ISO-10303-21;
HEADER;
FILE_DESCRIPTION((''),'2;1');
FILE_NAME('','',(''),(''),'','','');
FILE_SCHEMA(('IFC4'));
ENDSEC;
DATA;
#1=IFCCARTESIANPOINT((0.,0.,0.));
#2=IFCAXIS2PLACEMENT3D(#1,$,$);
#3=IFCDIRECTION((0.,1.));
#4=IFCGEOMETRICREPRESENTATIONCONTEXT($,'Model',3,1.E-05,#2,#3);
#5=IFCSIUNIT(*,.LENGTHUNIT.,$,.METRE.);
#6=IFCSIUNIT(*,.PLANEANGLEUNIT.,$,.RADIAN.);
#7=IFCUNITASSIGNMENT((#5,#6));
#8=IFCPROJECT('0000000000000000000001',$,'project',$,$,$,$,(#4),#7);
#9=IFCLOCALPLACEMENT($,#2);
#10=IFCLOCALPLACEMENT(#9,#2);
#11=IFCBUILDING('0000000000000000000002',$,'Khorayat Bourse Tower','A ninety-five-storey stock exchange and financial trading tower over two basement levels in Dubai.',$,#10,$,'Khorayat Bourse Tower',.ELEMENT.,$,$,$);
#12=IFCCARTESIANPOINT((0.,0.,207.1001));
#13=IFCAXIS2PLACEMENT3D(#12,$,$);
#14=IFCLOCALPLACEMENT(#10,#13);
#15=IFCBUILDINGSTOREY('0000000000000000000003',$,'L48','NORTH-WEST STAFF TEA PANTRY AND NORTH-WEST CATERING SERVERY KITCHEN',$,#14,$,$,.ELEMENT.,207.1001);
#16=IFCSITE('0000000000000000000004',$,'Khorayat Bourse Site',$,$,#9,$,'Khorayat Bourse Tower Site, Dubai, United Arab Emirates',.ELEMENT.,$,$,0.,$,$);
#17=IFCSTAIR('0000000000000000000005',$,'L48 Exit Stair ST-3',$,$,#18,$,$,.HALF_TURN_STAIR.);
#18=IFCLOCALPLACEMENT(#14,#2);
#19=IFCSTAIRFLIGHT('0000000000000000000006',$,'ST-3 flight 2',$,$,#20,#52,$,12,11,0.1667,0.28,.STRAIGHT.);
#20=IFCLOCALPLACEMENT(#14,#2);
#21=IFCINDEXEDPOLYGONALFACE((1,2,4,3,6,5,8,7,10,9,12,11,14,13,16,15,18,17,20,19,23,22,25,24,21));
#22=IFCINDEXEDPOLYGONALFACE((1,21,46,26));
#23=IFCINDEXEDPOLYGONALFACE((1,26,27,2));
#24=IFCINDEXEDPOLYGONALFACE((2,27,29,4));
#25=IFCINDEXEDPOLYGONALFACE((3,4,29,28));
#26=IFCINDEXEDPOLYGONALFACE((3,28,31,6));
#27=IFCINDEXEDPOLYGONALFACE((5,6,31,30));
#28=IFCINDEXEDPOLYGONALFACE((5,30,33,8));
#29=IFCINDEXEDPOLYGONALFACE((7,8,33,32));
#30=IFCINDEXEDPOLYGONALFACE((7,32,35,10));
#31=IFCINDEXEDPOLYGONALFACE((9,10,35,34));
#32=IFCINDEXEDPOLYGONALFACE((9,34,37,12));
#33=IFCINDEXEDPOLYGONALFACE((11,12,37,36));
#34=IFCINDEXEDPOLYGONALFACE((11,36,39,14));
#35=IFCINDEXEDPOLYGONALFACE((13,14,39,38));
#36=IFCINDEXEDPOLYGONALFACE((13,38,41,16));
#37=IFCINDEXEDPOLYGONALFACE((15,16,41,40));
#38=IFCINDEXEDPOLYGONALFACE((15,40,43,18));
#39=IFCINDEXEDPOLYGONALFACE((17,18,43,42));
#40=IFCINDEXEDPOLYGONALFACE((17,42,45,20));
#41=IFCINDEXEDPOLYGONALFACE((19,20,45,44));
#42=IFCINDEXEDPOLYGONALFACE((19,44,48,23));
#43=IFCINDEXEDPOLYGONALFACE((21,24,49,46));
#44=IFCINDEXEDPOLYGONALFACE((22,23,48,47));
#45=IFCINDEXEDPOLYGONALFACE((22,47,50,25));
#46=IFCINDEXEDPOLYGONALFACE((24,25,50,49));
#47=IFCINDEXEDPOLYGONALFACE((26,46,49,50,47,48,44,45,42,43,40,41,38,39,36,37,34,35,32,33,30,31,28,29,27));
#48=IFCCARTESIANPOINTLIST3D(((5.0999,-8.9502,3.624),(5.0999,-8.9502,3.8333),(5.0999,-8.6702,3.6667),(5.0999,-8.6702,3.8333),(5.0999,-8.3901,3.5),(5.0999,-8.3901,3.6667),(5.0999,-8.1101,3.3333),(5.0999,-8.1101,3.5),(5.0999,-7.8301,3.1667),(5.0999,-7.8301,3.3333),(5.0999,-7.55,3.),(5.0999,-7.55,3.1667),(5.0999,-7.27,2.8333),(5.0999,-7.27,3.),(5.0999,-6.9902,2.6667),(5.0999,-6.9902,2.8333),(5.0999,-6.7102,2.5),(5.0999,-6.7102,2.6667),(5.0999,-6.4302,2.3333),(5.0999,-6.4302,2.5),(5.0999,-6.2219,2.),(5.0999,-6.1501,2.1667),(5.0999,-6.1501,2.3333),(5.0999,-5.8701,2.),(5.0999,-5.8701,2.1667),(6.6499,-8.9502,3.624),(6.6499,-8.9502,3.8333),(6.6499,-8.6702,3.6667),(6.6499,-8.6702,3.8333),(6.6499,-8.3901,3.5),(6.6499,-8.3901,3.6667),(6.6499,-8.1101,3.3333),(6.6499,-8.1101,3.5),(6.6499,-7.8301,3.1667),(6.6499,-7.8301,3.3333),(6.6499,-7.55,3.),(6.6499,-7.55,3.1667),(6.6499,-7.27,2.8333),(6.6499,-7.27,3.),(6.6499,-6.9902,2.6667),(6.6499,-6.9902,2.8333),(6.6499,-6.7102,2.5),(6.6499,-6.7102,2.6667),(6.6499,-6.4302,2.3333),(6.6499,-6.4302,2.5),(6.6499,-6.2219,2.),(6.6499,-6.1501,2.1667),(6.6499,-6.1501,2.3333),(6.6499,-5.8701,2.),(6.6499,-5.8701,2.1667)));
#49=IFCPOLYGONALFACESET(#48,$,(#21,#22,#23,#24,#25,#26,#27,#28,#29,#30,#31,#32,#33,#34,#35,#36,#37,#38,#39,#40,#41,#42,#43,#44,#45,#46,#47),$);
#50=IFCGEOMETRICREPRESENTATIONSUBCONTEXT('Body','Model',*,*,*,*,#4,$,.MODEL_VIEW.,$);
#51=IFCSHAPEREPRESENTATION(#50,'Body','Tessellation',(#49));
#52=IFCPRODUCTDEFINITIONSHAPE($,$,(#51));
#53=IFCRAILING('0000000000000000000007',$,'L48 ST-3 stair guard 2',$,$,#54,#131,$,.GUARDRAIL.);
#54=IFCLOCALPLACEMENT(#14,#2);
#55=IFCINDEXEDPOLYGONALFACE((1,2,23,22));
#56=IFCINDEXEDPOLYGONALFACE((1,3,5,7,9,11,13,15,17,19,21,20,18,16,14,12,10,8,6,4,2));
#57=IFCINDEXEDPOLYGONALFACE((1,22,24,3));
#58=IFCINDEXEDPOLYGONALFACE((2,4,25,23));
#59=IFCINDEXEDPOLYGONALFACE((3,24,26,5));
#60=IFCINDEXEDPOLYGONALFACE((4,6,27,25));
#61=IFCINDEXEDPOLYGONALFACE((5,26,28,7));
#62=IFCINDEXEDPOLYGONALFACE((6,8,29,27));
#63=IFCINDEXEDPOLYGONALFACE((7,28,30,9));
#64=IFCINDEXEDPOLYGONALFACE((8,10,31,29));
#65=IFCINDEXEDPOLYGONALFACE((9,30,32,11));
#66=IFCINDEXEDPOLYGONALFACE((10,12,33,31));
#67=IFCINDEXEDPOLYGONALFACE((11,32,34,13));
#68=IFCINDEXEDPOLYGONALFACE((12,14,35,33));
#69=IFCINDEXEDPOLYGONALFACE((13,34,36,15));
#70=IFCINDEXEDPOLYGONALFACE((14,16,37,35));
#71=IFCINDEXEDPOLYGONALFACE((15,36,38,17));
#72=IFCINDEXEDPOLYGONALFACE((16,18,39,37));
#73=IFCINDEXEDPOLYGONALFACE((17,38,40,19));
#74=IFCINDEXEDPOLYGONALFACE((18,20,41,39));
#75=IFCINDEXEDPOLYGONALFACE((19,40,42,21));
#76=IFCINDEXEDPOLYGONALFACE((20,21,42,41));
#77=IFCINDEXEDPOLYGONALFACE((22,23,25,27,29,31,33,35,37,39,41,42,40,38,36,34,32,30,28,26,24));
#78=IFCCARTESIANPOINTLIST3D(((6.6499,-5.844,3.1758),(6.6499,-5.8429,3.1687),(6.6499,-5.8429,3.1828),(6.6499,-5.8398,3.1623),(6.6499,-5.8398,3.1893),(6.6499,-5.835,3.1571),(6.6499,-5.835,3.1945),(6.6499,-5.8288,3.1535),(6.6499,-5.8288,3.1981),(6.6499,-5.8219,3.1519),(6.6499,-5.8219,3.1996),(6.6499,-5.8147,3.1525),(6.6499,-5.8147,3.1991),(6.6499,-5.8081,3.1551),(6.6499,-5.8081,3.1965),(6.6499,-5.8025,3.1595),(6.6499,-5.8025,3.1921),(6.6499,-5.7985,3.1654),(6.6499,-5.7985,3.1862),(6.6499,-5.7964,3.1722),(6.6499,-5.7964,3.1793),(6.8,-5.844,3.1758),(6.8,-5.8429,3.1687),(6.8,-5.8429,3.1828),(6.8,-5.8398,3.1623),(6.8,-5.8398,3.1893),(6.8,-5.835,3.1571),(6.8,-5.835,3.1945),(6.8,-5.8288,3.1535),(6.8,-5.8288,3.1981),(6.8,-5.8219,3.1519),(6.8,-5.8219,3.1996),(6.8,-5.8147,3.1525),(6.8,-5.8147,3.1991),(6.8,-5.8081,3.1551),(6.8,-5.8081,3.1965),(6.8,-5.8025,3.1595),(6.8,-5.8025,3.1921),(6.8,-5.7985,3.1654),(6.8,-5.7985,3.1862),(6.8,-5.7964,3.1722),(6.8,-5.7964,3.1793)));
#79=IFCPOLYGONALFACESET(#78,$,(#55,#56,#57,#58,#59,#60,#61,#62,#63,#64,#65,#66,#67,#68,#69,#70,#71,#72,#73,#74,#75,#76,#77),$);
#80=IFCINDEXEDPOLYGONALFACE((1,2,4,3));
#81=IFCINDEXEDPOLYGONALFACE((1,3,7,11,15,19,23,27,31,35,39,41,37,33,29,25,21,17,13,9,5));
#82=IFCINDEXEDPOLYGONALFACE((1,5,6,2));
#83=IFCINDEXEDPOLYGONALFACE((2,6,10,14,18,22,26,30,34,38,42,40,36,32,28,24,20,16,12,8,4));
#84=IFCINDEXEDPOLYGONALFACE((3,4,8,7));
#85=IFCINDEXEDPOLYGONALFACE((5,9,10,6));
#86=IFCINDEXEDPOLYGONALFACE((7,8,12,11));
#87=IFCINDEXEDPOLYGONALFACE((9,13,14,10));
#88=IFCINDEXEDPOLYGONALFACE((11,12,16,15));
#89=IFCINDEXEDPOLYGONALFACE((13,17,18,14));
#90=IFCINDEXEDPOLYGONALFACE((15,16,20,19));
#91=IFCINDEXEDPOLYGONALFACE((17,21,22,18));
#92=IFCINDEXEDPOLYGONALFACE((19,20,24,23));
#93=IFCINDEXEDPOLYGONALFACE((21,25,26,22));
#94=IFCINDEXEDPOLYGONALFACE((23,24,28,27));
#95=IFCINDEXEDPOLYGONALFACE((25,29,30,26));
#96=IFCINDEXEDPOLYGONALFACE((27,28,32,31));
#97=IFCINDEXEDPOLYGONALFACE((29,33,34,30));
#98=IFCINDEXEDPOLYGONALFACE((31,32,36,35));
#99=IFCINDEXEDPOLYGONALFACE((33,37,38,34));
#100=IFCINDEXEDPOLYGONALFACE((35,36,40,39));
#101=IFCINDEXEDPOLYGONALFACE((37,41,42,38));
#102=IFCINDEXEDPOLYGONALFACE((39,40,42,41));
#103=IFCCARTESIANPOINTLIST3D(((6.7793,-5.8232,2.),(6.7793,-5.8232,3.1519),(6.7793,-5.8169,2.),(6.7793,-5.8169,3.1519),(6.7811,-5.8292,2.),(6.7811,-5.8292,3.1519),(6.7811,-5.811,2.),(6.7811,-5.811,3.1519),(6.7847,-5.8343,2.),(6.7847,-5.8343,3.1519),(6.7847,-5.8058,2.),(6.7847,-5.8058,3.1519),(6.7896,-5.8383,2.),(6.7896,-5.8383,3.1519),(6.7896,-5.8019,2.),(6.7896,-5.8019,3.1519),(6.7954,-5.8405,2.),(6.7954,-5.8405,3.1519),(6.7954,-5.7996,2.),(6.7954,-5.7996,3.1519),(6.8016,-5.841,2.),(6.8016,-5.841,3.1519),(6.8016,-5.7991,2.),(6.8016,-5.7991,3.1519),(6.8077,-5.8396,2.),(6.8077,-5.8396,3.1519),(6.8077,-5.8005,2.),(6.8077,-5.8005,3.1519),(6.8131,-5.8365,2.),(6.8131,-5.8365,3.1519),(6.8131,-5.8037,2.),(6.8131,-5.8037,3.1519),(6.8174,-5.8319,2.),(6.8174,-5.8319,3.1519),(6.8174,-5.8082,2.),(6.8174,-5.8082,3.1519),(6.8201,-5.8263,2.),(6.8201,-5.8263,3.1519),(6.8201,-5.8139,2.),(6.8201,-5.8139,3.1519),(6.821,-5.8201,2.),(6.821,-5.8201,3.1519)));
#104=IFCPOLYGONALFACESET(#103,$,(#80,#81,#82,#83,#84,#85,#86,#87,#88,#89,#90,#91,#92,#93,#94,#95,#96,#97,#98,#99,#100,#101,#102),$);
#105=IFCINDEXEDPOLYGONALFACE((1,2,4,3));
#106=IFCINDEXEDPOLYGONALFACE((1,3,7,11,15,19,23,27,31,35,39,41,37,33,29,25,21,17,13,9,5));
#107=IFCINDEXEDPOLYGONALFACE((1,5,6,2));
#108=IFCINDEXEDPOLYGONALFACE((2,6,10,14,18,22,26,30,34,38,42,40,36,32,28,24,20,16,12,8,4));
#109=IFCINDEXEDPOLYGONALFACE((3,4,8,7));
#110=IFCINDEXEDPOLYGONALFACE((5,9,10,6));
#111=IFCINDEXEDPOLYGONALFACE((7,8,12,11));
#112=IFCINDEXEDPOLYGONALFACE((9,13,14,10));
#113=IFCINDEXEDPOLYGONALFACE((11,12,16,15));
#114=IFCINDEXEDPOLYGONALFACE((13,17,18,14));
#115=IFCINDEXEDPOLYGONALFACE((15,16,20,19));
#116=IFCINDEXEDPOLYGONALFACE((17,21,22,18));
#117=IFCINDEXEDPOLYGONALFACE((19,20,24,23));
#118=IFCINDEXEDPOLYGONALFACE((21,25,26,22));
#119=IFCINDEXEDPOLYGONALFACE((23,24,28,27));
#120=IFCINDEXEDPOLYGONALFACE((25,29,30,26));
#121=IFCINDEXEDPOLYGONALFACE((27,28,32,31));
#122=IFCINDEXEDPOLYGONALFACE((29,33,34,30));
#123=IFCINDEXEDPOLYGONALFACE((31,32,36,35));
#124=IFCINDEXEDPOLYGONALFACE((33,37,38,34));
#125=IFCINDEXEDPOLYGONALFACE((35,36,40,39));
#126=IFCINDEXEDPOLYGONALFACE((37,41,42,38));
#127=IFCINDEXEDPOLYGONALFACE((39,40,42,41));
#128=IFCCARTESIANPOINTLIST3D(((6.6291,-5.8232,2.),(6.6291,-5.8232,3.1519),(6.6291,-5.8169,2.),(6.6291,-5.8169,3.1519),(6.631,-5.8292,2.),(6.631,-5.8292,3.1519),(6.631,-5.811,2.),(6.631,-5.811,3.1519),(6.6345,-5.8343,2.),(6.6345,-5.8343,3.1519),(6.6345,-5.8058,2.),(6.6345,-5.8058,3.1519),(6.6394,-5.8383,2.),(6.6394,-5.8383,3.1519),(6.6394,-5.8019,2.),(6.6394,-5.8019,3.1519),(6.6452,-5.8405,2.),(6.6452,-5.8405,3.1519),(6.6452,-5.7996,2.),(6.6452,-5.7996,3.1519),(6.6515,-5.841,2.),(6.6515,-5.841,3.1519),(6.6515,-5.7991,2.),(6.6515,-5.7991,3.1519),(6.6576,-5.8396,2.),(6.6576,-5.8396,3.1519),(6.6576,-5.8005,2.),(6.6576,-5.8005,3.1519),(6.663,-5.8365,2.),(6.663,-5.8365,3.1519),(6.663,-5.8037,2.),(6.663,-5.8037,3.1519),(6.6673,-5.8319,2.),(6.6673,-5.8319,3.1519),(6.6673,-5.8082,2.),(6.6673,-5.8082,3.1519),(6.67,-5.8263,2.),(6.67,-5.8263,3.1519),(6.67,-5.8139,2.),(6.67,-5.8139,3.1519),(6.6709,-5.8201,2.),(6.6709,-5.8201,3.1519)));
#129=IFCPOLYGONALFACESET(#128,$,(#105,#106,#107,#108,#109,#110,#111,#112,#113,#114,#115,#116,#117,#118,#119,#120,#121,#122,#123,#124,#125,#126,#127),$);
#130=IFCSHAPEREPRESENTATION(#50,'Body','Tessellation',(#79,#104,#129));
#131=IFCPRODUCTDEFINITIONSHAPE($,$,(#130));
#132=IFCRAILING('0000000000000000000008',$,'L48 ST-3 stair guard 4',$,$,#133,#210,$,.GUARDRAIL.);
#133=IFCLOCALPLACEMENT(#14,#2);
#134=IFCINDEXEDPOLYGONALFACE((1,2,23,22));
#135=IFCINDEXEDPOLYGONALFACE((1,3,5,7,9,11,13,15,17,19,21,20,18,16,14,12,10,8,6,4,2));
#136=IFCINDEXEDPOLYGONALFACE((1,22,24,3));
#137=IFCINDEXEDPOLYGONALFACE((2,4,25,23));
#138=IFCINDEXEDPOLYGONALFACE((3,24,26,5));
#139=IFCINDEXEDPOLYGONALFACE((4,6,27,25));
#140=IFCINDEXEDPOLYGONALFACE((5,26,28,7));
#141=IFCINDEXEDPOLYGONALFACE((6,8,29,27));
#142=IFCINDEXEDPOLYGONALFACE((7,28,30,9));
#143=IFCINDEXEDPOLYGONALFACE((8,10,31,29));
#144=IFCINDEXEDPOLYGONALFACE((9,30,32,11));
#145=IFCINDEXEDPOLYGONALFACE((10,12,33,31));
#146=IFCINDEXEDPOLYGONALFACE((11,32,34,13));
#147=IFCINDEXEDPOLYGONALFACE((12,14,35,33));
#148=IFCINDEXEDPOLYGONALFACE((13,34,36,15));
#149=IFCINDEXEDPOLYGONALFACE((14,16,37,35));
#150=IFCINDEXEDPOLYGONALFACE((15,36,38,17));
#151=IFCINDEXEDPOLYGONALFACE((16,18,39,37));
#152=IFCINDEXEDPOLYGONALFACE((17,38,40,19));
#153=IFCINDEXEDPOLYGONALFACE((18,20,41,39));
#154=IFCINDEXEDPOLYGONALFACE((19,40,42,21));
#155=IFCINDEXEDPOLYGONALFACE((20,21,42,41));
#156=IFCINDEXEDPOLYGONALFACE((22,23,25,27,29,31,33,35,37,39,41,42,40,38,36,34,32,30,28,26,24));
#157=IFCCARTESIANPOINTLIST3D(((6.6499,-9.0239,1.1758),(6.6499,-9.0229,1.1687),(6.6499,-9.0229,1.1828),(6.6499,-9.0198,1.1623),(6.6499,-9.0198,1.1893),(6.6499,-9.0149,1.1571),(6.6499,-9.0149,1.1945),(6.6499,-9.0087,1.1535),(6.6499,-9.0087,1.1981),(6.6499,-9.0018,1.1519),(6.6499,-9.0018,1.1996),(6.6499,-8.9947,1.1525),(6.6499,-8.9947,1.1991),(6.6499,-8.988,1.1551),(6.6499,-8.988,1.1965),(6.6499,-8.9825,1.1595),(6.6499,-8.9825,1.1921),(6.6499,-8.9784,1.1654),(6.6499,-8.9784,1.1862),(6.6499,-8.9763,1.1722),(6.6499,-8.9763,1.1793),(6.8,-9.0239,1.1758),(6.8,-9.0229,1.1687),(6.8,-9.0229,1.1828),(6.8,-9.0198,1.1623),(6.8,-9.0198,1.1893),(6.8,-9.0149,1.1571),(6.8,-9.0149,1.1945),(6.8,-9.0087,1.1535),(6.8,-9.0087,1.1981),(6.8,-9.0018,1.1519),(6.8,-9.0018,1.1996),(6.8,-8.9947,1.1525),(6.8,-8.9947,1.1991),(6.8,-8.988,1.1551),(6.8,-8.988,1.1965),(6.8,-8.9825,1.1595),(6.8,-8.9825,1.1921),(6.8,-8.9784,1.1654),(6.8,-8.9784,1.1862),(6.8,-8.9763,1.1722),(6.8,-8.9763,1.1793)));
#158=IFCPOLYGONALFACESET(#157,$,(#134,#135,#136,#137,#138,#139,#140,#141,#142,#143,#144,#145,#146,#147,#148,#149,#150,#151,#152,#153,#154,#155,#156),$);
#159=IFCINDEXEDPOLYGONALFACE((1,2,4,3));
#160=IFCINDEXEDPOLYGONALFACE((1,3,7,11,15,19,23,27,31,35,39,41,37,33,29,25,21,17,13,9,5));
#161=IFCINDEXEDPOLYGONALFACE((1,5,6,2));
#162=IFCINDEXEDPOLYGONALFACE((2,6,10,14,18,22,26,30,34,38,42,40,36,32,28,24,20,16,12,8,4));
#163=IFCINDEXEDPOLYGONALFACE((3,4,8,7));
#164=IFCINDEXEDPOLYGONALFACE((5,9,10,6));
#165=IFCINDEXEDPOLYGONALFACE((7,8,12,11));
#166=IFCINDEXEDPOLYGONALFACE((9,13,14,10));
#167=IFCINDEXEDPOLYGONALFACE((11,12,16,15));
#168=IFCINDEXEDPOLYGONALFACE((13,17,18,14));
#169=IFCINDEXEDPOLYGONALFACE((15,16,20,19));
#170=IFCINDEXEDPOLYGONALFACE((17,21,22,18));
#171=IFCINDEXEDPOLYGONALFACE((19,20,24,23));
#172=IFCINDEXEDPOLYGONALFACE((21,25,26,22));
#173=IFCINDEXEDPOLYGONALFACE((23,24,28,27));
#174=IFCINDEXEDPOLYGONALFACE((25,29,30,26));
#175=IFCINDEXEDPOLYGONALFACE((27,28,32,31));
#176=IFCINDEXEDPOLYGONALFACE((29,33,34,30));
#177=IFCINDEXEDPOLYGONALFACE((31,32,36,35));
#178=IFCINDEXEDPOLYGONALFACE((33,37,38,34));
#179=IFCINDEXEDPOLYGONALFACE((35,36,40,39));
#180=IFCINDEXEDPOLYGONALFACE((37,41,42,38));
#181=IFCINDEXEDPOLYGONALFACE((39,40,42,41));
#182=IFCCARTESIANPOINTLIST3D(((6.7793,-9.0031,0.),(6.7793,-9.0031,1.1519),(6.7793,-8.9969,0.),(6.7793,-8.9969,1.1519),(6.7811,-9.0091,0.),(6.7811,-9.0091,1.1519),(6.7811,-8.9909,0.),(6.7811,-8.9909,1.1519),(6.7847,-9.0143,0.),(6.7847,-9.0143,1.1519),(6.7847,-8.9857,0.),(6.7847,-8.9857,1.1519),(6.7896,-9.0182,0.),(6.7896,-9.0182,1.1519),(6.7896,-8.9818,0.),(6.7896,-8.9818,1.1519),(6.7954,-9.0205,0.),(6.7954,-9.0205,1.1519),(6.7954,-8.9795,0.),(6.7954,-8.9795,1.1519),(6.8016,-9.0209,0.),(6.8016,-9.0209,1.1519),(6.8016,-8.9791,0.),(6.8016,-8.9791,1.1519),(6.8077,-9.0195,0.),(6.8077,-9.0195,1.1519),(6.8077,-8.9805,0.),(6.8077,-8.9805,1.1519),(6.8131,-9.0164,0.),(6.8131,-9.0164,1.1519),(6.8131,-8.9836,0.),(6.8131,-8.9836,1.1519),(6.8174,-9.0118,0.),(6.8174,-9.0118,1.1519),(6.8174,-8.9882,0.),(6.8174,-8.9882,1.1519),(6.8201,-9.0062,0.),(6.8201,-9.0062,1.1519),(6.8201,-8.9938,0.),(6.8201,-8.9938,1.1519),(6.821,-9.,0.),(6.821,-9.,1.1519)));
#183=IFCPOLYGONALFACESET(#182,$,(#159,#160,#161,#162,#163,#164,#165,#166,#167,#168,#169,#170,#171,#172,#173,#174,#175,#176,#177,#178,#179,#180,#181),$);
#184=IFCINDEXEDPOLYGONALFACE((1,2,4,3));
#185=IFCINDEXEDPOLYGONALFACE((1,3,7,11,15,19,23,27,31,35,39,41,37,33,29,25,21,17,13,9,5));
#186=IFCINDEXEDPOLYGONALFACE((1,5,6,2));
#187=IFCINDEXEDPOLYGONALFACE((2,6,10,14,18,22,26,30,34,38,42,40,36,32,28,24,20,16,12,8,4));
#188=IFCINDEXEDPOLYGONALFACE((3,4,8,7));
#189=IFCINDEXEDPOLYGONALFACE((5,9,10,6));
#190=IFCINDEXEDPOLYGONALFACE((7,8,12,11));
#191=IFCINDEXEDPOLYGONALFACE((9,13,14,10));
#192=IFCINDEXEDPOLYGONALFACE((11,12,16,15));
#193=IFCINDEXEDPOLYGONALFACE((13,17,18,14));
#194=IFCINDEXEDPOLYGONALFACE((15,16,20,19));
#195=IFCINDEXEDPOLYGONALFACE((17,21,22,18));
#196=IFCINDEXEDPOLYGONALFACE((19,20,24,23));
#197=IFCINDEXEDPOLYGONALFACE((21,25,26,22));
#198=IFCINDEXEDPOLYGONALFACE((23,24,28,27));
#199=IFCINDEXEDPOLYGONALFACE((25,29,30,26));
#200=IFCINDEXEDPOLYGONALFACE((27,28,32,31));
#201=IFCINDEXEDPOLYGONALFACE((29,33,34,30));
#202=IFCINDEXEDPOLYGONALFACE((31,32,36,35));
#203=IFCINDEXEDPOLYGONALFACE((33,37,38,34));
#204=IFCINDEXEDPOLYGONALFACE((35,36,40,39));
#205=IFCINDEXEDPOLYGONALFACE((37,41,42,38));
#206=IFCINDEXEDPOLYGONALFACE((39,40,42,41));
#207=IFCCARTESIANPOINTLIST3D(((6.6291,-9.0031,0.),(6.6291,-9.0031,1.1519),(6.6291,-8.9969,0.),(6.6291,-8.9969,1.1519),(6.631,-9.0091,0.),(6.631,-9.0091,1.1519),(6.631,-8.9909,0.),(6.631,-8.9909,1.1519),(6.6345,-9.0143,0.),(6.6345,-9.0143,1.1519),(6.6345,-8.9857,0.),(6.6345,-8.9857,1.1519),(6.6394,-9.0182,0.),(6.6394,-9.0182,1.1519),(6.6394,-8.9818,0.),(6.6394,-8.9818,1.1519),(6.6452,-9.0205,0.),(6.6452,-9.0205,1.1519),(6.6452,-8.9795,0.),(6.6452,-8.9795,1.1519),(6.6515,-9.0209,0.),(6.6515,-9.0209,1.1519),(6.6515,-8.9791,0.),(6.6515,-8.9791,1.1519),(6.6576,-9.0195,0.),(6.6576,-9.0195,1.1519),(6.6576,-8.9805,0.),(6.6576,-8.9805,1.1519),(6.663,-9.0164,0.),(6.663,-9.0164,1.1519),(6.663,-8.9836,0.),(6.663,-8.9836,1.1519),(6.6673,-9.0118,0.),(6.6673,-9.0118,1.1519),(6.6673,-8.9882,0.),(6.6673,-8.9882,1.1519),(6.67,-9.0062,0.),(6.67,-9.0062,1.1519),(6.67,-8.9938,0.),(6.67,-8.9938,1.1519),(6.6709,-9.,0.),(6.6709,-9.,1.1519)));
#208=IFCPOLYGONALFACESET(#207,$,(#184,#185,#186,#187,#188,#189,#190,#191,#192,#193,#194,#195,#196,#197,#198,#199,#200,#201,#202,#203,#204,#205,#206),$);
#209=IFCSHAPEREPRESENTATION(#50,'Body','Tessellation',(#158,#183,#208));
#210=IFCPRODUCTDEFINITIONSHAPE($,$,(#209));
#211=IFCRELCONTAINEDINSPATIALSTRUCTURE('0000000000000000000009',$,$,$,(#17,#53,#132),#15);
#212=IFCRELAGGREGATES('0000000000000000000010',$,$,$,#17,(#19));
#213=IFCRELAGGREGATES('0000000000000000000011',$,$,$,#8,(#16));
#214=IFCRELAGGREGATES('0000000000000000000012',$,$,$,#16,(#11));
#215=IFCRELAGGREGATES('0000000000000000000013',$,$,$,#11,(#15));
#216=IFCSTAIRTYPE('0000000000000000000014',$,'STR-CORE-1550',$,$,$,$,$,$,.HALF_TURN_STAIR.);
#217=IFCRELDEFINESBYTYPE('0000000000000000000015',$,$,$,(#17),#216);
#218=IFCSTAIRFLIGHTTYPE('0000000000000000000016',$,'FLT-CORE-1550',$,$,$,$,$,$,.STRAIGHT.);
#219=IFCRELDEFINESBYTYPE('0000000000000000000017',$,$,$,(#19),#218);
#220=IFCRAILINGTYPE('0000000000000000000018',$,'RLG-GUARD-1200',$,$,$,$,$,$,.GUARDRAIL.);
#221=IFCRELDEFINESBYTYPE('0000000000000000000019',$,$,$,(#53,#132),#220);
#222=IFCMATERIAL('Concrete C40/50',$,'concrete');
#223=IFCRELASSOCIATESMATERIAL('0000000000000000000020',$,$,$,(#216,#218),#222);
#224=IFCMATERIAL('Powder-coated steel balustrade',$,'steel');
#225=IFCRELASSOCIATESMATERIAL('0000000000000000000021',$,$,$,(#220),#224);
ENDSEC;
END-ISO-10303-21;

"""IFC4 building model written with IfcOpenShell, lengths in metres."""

from ifc_helpers import new_model, si_unit, direction, frame, origin, origin_2d, place, context, subcontext, project, spatial, polyline, circle, outline, extrude, source, transform, mapped, material, type_object, element, aggregate, save


model = new_model("IFC4")

# Units and contexts
model_context = context("Model", 3, precision=1e-05, world=origin(), true_north=direction((0.0, 1.0)))
body_context = subcontext(model_context, "Body", "Model", "MODEL_VIEW")
ifc_project = project(units=[si_unit("LENGTHUNIT", "METRE"), si_unit("PLANEANGLEUNIT", "RADIAN")], contexts=[model_context])

# Site, building, storey
site_placement = place(None, origin())
site = spatial("IfcSite", under=ifc_project, at=site_placement, Name="Khorayat Bourse Site", LongName="Khorayat Bourse Tower Site, Dubai, United Arab Emirates", CompositionType="ELEMENT", RefElevation=0.0)
building_placement = place(site_placement, origin())
building = spatial("IfcBuilding", under=site, at=building_placement, Name="Khorayat Bourse Tower", Description="A ninety-five-storey stock exchange and financial trading tower over two basement levels in Dubai.", LongName="Khorayat Bourse Tower", CompositionType="ELEMENT")
storey_placement = place(building_placement, frame((0.0, 0.0, 207.1001)))
storey = spatial("IfcBuildingStorey", under=building, at=storey_placement, Name="L48", Description="NORTH-WEST STAFF TEA PANTRY AND NORTH-WEST CATERING SERVERY KITCHEN", CompositionType="ELEMENT", Elevation=207.1001)

# Stair
ifc_material_1 = material(Name="Concrete C40/50", Category="concrete")
stair_type = type_object("IfcStairType", Name="STR-CORE-1550", PredefinedType="HALF_TURN_STAIR", material=ifc_material_1)
stair_1_placement = place(storey_placement, origin())
stair_1 = element("IfcStair", 1, at=stair_1_placement, inside=storey, type_object=stair_type, Name="L48 Exit Stair ST-3", PredefinedType="HALF_TURN_STAIR")

# Stair flight
stair_flight_type = type_object("IfcStairFlightType", Name="FLT-CORE-1550", PredefinedType="STRAIGHT", material=ifc_material_1)
shared_shape_1 = source(origin(), body_context, "Body", "SweptSolid", [
    extrude(outline(polyline([(0.0, 0.0), (0.0, 0.1667), (0.28, 0.1667), (0.28, 0.3333), (0.5601, 0.3333), (0.5601, 0.5), (0.8401, 0.5), (0.8401, 0.6667), (1.1201, 0.6667), (1.1201, 0.8333), (1.3999, 0.8333), (1.3999, 1.0), (1.6799, 1.0), (1.6799, 1.1667), (1.96, 1.1667), (1.96, 1.3333), (2.24, 1.3333), (2.24, 1.5), (2.52, 1.5), (2.52, 1.6667), (2.8, 1.6667), (2.8, 1.8333), (3.0801, 1.8333), (3.0801, 2.0), (3.0801, 1.624), (0.3518, 0.0), (0.0, 0.0)])), frame((0.0, 0.7749, 0.0), z_axis=(0.0, -1.0, 0.0), x_axis=(1.0, 0.0, 0.0)), (0.0, 0.0, 1.0), 1.55),
])
stair_flight_1_placement = place(storey_placement, frame((5.875, -5.8701, 2.0), z_axis=(0.0, 0.0, 1.0), x_axis=(0.0, -1.0, 0.0)))
stair_flight_1 = element("IfcStairFlight", 2, at=stair_flight_1_placement, type_object=stair_flight_type, Name="ST-3 flight 2", NumberOfRisers=12, NumberOfTreads=11, PredefinedType="STRAIGHT", RiserHeight=0.1667, TreadLength=0.28, context=body_context, shape_type="MappedRepresentation", body=[
    mapped(shared_shape_1, transform((0.0, 0.0, 0.0), scale=1.0)),
])
aggregate(stair_1, [stair_flight_1])

# Railings
ifc_material_2 = material(Name="Powder-coated steel balustrade", Category="steel")
railing_type_1 = type_object("IfcRailingType", Name="RLG-GUARD-1200", PredefinedType="GUARDRAIL", material=ifc_material_2)
shared_shape_2 = source(origin(), body_context, "Body", "SweptSolid", [
    extrude(circle(Radius=0.0239, at=origin_2d()), frame((0.0, 0.0, 1.1758), z_axis=(-1.0, 0.0, 0.0), x_axis=(0.0, -1.0, 0.0)), (0.0, 0.0, 1.0), 0.1501),
    extrude(circle(Radius=0.021, at=origin_2d()), origin(), (0.0, 0.0, 1.0), 1.1519),
    extrude(circle(Radius=0.021, at=origin_2d()), frame((-0.1501, 0.0, 0.0)), (0.0, 0.0, 1.0), 1.1519),
])
for number, where, name in (
    (3, (6.8, -5.8201, 2.0), "L48 ST-3 stair guard 2"),
    (4, (6.8, -9.0, 0.0), "L48 ST-3 stair guard 4"),
):
    element("IfcRailing", number, at=place(storey_placement, frame(where)), inside=storey, type_object=railing_type_1, Name=name, PredefinedType="GUARDRAIL", context=body_context, shape_type="MappedRepresentation", body=[
        mapped(shared_shape_2, transform((0.0, 0.0, 0.0), scale=1.0)),
    ])

save(model, "model.ifc")
